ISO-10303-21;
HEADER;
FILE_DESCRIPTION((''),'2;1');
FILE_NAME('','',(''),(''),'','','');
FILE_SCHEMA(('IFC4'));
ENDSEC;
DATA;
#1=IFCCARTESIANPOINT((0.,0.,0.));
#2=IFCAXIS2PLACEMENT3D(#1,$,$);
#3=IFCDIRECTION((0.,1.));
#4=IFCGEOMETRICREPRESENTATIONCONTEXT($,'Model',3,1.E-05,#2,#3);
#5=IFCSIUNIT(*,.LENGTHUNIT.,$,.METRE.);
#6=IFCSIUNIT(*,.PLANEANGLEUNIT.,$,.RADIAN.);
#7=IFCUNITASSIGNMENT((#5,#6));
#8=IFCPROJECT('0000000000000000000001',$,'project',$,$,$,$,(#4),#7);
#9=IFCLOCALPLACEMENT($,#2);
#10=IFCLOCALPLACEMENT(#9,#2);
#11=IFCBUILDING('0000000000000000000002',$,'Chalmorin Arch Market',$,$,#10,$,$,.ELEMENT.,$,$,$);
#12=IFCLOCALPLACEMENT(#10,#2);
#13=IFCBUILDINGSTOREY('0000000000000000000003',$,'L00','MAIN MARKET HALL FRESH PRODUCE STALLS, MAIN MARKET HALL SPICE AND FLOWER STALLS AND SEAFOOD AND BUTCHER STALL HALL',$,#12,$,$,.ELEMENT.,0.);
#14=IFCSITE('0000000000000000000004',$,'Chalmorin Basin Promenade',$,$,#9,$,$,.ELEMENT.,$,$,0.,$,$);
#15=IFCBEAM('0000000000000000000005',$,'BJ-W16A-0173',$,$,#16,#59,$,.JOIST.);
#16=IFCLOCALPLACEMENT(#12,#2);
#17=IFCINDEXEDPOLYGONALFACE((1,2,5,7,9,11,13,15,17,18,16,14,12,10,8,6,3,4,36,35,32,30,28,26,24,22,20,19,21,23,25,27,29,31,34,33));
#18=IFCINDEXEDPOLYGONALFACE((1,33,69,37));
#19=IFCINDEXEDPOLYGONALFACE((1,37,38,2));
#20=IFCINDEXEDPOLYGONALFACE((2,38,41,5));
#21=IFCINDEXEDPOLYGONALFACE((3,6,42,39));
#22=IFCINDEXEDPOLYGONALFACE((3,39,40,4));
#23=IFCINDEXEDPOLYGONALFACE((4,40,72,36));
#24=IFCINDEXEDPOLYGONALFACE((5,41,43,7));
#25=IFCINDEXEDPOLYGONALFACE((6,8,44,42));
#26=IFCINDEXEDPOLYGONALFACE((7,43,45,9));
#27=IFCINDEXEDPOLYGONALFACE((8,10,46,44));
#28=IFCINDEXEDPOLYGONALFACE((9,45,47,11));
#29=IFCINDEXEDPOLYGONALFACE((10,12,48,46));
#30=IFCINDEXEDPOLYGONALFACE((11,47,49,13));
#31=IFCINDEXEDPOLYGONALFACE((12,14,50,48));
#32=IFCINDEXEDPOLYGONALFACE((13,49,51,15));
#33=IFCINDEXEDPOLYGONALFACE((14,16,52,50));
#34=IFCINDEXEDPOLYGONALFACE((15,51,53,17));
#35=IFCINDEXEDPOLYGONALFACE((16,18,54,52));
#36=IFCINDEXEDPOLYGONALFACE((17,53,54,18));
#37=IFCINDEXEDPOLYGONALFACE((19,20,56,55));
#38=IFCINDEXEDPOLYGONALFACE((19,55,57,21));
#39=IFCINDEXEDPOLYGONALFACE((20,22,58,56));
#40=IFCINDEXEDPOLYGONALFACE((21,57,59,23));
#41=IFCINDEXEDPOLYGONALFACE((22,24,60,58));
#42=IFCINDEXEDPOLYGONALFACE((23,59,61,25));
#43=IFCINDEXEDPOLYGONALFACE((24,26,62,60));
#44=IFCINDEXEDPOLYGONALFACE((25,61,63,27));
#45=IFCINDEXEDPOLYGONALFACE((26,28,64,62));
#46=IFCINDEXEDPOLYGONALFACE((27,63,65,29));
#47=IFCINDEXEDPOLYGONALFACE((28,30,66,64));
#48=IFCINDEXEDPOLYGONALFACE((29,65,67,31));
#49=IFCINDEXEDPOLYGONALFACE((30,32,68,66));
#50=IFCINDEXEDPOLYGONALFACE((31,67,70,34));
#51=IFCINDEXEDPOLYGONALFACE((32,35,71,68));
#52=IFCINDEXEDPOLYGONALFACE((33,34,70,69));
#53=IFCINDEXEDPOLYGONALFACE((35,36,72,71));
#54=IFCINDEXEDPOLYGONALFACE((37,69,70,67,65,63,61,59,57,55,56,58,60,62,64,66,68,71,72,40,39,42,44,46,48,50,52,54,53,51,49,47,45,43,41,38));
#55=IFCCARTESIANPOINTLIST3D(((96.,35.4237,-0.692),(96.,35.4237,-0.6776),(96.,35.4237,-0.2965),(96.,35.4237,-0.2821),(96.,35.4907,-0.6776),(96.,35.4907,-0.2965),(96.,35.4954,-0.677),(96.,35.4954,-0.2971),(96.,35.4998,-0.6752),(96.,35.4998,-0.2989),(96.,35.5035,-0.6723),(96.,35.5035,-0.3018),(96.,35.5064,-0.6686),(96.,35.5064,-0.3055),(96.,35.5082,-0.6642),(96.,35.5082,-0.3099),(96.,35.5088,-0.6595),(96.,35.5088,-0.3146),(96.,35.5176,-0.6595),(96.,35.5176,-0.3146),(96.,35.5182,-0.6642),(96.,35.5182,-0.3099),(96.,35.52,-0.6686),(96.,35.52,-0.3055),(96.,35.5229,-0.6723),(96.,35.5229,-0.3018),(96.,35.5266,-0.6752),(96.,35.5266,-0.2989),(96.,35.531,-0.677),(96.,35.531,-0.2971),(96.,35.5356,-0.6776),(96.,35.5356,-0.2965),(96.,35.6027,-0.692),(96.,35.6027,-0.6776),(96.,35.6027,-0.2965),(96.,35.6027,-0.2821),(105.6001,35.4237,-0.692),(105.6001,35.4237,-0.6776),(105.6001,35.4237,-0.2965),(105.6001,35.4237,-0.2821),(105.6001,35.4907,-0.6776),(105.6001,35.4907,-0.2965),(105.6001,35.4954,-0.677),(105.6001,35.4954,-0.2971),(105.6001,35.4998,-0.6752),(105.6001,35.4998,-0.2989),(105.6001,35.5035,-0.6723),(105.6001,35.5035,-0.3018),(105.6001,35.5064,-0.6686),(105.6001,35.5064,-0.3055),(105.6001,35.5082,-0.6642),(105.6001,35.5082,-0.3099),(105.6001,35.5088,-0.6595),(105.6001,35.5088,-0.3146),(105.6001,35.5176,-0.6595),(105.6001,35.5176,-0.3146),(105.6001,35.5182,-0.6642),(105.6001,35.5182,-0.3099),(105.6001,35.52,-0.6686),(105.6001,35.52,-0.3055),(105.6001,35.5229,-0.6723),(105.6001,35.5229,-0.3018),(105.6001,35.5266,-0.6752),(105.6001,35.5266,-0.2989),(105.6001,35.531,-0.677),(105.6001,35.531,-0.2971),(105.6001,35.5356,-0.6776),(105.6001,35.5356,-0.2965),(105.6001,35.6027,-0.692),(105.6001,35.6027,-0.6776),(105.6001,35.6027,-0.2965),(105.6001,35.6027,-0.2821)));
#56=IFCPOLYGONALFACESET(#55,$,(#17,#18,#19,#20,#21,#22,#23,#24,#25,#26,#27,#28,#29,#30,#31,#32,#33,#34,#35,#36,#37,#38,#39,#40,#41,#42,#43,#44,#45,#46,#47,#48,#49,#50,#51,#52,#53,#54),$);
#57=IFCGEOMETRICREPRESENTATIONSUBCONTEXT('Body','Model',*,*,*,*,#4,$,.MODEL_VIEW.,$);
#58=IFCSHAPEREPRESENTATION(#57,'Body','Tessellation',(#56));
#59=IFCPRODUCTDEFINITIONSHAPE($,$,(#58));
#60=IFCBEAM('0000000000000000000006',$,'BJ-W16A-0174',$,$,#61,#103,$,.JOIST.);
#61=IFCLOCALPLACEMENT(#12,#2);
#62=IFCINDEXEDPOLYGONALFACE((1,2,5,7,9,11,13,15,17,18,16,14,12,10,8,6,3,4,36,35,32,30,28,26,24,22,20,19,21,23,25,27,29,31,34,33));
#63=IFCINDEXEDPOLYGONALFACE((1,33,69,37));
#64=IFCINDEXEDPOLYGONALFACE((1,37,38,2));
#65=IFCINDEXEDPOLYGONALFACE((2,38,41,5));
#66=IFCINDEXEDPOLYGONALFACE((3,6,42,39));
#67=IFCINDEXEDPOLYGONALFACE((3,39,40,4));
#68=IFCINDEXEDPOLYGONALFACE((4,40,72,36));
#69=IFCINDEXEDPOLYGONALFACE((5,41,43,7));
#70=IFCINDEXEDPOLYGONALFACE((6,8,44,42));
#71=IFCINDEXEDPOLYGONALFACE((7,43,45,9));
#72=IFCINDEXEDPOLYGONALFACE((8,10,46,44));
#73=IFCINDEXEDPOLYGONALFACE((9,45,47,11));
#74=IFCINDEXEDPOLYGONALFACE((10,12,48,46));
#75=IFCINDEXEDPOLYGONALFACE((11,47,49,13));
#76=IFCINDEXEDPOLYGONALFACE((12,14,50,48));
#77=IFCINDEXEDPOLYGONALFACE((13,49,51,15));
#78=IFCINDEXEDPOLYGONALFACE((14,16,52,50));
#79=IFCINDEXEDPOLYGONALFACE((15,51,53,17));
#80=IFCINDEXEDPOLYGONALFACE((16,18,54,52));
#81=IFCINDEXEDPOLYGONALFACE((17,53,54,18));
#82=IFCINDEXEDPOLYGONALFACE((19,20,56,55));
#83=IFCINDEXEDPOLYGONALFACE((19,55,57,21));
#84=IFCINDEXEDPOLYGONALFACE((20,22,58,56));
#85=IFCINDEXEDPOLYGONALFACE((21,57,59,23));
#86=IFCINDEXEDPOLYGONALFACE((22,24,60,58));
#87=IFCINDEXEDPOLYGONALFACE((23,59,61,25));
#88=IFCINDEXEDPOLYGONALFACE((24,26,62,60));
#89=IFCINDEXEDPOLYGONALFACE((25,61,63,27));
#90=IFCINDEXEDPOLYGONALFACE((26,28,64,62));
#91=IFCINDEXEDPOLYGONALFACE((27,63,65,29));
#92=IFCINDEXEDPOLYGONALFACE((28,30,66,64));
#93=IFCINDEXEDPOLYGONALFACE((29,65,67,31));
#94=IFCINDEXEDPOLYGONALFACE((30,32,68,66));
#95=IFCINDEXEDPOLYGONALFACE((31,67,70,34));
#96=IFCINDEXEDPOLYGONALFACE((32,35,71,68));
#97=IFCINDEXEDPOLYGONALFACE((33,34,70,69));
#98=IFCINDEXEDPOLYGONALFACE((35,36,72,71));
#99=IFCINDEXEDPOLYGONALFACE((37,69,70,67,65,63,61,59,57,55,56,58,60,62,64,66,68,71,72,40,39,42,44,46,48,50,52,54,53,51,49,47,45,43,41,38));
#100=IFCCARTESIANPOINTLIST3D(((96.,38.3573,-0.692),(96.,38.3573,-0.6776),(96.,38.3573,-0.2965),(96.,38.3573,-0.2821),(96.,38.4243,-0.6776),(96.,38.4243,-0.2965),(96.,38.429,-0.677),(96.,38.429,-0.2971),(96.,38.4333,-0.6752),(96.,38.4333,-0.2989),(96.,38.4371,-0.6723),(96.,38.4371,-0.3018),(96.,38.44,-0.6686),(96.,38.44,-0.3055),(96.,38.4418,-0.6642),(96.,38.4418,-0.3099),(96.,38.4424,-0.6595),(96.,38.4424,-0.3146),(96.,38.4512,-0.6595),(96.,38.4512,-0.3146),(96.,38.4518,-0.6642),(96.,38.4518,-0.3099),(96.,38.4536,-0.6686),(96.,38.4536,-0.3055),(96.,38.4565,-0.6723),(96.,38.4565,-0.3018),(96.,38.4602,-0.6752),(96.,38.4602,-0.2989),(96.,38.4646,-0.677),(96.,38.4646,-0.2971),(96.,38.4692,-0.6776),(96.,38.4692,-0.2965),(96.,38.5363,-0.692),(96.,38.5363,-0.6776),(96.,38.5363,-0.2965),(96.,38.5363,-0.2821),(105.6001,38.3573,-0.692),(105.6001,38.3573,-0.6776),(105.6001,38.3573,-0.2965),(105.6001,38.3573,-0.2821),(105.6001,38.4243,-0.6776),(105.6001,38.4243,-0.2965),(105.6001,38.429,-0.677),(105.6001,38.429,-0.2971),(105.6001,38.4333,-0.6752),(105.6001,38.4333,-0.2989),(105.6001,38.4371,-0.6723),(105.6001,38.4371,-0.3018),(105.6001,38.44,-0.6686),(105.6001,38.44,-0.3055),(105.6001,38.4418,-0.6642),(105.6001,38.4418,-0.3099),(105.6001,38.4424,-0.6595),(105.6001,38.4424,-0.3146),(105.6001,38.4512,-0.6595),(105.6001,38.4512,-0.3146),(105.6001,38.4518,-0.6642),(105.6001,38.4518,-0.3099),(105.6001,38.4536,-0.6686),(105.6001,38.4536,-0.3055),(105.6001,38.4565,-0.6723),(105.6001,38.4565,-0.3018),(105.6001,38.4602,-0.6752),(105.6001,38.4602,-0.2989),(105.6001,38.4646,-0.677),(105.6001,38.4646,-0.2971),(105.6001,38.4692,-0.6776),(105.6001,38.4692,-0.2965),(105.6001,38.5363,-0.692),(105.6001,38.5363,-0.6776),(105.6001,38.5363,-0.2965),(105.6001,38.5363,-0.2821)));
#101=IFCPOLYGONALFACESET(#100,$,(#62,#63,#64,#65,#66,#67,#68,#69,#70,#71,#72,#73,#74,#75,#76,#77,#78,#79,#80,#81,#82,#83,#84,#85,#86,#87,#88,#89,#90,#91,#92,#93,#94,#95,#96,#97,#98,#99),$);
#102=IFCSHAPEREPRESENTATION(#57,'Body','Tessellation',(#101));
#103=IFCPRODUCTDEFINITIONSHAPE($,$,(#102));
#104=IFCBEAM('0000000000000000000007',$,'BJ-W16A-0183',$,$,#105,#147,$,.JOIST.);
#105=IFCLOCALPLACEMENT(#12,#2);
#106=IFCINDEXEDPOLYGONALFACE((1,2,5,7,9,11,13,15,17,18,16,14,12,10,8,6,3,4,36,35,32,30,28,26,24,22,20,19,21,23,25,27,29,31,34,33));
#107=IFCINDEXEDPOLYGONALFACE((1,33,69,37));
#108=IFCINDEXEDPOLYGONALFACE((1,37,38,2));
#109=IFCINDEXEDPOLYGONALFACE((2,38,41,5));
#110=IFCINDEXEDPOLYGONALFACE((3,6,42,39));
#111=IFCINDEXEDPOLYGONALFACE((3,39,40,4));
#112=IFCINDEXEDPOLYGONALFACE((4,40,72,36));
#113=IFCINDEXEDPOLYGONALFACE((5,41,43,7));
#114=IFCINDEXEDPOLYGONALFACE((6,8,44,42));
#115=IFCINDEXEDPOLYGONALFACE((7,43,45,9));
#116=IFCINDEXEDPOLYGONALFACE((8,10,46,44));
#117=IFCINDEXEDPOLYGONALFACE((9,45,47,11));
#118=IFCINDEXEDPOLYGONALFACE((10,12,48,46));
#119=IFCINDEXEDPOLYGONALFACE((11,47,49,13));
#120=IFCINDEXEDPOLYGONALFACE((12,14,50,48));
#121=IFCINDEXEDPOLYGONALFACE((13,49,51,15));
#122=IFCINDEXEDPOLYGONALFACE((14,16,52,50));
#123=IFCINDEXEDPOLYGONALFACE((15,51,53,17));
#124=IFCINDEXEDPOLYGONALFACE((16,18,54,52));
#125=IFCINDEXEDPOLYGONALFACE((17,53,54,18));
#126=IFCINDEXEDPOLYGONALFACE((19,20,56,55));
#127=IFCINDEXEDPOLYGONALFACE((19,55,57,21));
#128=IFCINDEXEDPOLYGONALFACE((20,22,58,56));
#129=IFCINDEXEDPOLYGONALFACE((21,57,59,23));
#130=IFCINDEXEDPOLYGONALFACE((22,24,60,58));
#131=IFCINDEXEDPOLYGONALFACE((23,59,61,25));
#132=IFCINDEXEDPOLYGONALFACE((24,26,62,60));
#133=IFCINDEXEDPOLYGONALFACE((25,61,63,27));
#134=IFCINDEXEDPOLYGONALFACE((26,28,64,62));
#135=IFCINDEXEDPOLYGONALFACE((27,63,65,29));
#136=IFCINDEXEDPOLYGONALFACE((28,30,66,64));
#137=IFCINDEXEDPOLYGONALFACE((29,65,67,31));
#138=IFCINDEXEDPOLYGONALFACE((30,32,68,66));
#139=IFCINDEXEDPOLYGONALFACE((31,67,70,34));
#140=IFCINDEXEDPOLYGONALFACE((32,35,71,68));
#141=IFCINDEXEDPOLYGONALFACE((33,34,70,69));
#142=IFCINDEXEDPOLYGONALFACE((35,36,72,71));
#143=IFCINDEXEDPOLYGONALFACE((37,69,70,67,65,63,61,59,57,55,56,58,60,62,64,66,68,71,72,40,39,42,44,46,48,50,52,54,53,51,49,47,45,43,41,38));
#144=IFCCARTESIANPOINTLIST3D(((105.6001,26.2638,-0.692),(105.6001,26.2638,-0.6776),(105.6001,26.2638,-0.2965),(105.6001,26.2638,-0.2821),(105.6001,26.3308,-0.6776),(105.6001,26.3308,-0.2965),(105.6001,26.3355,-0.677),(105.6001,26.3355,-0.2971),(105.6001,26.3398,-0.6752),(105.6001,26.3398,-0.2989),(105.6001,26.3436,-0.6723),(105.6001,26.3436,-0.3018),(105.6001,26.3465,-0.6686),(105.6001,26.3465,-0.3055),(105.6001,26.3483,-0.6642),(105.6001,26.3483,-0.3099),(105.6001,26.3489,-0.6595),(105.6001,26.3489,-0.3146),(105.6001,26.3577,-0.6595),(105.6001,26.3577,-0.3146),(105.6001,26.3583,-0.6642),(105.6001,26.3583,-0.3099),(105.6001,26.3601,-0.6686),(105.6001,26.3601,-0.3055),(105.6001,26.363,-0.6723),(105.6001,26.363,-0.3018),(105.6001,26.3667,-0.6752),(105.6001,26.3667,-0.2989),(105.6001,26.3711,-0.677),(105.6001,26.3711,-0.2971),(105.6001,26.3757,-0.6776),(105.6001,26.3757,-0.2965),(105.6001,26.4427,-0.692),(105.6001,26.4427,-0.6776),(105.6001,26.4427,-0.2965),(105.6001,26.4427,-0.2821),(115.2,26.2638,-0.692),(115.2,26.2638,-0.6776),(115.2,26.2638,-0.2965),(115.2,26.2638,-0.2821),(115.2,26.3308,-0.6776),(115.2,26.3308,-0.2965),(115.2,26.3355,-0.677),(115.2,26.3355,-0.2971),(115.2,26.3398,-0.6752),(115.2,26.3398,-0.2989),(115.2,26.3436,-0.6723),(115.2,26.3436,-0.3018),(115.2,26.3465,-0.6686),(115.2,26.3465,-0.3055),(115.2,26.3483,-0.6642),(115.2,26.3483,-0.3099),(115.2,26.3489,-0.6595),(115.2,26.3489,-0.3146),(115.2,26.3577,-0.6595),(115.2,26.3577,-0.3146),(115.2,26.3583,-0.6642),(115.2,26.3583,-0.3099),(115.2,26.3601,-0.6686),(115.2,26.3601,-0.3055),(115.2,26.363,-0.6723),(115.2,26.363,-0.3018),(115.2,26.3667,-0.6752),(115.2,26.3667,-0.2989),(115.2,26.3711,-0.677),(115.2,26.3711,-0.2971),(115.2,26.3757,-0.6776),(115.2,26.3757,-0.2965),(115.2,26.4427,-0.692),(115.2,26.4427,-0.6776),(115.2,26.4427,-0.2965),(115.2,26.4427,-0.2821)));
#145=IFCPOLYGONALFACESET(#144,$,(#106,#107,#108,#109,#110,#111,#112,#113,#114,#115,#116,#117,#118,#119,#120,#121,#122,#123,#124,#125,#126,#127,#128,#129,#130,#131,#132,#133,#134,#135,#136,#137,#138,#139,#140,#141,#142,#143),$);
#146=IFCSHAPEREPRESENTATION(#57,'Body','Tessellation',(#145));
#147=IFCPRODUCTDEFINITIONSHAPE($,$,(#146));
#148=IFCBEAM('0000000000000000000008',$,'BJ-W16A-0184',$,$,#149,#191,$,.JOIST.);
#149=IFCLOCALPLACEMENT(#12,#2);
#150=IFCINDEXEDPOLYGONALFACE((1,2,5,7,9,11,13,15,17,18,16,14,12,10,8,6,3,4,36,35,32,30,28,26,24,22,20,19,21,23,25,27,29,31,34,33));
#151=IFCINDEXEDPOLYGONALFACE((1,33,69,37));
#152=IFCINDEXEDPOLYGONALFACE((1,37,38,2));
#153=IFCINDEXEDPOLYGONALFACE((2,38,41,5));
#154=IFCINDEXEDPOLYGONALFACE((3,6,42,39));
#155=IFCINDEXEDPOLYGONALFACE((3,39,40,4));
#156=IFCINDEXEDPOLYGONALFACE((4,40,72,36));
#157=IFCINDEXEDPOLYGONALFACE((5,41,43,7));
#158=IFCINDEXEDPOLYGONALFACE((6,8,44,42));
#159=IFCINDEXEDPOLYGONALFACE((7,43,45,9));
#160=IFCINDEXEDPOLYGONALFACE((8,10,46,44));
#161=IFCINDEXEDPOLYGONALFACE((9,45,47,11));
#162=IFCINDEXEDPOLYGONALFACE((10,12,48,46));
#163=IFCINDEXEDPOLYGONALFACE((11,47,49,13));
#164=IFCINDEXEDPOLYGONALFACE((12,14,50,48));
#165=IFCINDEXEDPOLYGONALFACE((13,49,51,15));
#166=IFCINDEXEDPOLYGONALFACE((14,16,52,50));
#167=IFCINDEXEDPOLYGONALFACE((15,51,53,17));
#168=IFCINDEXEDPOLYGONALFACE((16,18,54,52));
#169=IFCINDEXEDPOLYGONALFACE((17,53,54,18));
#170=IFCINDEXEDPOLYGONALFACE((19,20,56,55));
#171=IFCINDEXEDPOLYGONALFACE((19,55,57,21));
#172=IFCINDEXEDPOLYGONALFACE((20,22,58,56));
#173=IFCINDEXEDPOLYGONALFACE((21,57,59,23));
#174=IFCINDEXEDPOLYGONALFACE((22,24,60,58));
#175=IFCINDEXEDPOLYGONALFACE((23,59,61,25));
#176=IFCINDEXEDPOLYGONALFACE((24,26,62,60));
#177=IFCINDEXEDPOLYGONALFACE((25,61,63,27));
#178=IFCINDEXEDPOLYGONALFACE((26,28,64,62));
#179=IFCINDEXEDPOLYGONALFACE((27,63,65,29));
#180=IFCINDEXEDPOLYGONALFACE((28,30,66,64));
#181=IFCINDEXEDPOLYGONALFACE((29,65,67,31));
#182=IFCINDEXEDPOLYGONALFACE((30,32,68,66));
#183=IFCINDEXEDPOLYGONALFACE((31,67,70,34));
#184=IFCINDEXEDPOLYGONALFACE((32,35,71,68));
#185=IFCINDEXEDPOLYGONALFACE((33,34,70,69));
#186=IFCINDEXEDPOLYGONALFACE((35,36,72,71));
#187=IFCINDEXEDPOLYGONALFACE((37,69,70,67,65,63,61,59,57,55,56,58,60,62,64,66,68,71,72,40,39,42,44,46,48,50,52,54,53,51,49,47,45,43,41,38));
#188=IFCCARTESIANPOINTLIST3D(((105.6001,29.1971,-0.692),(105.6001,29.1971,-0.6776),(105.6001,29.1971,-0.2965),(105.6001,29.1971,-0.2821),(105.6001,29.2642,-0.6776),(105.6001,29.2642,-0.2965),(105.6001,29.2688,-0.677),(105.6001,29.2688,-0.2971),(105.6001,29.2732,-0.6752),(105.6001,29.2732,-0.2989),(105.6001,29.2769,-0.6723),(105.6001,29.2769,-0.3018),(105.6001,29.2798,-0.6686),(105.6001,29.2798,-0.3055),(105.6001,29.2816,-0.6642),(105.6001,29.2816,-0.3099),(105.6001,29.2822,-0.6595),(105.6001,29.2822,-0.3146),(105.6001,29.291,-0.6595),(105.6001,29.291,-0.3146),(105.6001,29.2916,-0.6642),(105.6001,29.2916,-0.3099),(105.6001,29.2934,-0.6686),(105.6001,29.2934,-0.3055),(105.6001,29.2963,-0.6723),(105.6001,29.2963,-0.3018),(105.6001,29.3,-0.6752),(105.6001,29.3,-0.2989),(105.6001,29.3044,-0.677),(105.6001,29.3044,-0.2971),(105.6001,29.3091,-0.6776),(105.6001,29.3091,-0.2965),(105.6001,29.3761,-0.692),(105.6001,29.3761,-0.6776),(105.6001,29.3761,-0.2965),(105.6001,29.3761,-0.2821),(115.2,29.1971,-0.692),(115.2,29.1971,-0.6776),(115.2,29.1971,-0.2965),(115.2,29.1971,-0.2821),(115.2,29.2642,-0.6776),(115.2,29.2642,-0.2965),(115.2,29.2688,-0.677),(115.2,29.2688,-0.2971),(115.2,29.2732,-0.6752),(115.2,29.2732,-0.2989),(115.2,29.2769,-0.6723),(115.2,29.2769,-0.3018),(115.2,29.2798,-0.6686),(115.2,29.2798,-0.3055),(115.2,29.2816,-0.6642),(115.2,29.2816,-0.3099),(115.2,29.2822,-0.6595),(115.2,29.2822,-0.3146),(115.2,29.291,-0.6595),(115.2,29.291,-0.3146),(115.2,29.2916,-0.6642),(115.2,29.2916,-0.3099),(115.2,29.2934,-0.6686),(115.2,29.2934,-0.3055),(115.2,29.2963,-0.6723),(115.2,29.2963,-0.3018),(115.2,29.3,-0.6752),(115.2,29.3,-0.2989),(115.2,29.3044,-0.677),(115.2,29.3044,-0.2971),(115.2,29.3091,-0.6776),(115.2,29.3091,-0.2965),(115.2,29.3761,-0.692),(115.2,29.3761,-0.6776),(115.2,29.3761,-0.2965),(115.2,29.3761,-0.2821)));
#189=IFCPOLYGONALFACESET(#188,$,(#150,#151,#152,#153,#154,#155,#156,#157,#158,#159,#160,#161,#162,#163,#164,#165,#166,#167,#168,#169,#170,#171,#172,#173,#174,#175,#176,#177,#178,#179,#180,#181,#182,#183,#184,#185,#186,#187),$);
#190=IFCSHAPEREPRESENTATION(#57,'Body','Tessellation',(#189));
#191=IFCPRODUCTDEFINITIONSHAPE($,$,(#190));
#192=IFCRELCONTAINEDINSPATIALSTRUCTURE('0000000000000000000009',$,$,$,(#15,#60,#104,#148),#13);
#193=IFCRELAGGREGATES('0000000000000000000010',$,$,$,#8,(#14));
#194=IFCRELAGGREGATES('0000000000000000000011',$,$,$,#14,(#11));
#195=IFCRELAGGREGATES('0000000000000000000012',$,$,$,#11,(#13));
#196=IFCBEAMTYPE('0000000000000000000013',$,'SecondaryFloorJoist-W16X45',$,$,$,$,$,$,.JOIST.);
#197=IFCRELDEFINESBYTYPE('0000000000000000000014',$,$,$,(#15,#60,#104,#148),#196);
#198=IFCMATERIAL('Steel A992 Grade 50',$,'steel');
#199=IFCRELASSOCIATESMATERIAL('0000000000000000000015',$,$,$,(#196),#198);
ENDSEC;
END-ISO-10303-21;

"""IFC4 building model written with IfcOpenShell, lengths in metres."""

from ifc_helpers import new_model, si_unit, direction, frame, origin, origin_2d, place, context, subcontext, project, spatial, i_section, extrude, material, material_profile, profile_set, type_object, element, save


model = new_model("IFC4")

# Units and contexts
model_context = context("Model", 3, precision=1e-05, world=origin(), true_north=direction((0.0, 1.0)))
body_context = subcontext(model_context, "Body", "Model", "MODEL_VIEW")
ifc_project = project(units=[si_unit("LENGTHUNIT", "METRE"), si_unit("PLANEANGLEUNIT", "RADIAN")], contexts=[model_context])

# Site, building, storey
site_placement = place(None, origin())
site = spatial("IfcSite", under=ifc_project, at=site_placement, Name="Chalmorin Basin Promenade", CompositionType="ELEMENT", RefElevation=0.0)
building_placement = place(site_placement, origin())
building = spatial("IfcBuilding", under=site, at=building_placement, Name="Chalmorin Arch Market", CompositionType="ELEMENT")
storey_placement = place(building_placement, origin())
storey = spatial("IfcBuildingStorey", under=building, at=storey_placement, Name="L00", Description="MAIN MARKET HALL FRESH PRODUCE STALLS, MAIN MARKET HALL SPICE AND FLOWER STALLS AND SEAFOOD AND BUTCHER STALL HALL", CompositionType="ELEMENT", Elevation=0.0)

# Beams
ifc_material_1 = material(Name="Steel A992 Grade 50", Category="steel")
ifc_material_profile_1 = material_profile(ifc_material_1, i_section(OverallWidth=0.179, OverallDepth=0.4099, WebThickness=0.0088, FlangeThickness=0.0144, FilletRadius=0.0181, at=origin_2d()), Name="W16X45")
ifc_profile_set_1 = profile_set([ifc_material_profile_1], Name="Steel A992 Grade 50")
beam_type_1 = type_object("IfcBeamType", Name="SecondaryFloorJoist-W16X45", PredefinedType="JOIST", material=ifc_profile_set_1)
for number, where, z_axis, x_axis, name in (
    (1, (96.0, 35.5132, -0.4871), (1.0, 0.0, 0.0), (0.0, 1.0, 0.0), "BJ-W16A-0173"),
    (2, (96.0, 38.4468, -0.4871), (1.0, 0.0, 0.0), (0.0, 1.0, 0.0), "BJ-W16A-0174"),
):
    element("IfcBeam", number, at=place(storey_placement, frame(where, z_axis=z_axis, x_axis=x_axis)), inside=storey, type_object=beam_type_1, Name=name, PredefinedType="JOIST", context=body_context, shape_type="SweptSolid", body=[
        extrude(i_section(OverallWidth=0.179, OverallDepth=0.4099, WebThickness=0.0088, FlangeThickness=0.0144, FilletRadius=0.0181, at=origin_2d()), origin(), (0.0, 0.0, 1.0), 9.6001),
    ])
for number, where, z_axis, x_axis, name in (
    (3, (105.6001, 26.3533, -0.4871), (1.0, 0.0, 0.0), (0.0, 1.0, 0.0), "BJ-W16A-0183"),
    (4, (105.6001, 29.2866, -0.4871), (1.0, 0.0, 0.0), (0.0, 1.0, 0.0), "BJ-W16A-0184"),
):
    element("IfcBeam", number, at=place(storey_placement, frame(where, z_axis=z_axis, x_axis=x_axis)), inside=storey, type_object=beam_type_1, Name=name, PredefinedType="JOIST", context=body_context, shape_type="SweptSolid", body=[
        extrude(i_section(OverallWidth=0.179, OverallDepth=0.4099, WebThickness=0.0088, FlangeThickness=0.0144, FilletRadius=0.0181, at=origin_2d()), origin(), (0.0, 0.0, 1.0), 9.5999),
    ])

save(model, "model.ifc")
